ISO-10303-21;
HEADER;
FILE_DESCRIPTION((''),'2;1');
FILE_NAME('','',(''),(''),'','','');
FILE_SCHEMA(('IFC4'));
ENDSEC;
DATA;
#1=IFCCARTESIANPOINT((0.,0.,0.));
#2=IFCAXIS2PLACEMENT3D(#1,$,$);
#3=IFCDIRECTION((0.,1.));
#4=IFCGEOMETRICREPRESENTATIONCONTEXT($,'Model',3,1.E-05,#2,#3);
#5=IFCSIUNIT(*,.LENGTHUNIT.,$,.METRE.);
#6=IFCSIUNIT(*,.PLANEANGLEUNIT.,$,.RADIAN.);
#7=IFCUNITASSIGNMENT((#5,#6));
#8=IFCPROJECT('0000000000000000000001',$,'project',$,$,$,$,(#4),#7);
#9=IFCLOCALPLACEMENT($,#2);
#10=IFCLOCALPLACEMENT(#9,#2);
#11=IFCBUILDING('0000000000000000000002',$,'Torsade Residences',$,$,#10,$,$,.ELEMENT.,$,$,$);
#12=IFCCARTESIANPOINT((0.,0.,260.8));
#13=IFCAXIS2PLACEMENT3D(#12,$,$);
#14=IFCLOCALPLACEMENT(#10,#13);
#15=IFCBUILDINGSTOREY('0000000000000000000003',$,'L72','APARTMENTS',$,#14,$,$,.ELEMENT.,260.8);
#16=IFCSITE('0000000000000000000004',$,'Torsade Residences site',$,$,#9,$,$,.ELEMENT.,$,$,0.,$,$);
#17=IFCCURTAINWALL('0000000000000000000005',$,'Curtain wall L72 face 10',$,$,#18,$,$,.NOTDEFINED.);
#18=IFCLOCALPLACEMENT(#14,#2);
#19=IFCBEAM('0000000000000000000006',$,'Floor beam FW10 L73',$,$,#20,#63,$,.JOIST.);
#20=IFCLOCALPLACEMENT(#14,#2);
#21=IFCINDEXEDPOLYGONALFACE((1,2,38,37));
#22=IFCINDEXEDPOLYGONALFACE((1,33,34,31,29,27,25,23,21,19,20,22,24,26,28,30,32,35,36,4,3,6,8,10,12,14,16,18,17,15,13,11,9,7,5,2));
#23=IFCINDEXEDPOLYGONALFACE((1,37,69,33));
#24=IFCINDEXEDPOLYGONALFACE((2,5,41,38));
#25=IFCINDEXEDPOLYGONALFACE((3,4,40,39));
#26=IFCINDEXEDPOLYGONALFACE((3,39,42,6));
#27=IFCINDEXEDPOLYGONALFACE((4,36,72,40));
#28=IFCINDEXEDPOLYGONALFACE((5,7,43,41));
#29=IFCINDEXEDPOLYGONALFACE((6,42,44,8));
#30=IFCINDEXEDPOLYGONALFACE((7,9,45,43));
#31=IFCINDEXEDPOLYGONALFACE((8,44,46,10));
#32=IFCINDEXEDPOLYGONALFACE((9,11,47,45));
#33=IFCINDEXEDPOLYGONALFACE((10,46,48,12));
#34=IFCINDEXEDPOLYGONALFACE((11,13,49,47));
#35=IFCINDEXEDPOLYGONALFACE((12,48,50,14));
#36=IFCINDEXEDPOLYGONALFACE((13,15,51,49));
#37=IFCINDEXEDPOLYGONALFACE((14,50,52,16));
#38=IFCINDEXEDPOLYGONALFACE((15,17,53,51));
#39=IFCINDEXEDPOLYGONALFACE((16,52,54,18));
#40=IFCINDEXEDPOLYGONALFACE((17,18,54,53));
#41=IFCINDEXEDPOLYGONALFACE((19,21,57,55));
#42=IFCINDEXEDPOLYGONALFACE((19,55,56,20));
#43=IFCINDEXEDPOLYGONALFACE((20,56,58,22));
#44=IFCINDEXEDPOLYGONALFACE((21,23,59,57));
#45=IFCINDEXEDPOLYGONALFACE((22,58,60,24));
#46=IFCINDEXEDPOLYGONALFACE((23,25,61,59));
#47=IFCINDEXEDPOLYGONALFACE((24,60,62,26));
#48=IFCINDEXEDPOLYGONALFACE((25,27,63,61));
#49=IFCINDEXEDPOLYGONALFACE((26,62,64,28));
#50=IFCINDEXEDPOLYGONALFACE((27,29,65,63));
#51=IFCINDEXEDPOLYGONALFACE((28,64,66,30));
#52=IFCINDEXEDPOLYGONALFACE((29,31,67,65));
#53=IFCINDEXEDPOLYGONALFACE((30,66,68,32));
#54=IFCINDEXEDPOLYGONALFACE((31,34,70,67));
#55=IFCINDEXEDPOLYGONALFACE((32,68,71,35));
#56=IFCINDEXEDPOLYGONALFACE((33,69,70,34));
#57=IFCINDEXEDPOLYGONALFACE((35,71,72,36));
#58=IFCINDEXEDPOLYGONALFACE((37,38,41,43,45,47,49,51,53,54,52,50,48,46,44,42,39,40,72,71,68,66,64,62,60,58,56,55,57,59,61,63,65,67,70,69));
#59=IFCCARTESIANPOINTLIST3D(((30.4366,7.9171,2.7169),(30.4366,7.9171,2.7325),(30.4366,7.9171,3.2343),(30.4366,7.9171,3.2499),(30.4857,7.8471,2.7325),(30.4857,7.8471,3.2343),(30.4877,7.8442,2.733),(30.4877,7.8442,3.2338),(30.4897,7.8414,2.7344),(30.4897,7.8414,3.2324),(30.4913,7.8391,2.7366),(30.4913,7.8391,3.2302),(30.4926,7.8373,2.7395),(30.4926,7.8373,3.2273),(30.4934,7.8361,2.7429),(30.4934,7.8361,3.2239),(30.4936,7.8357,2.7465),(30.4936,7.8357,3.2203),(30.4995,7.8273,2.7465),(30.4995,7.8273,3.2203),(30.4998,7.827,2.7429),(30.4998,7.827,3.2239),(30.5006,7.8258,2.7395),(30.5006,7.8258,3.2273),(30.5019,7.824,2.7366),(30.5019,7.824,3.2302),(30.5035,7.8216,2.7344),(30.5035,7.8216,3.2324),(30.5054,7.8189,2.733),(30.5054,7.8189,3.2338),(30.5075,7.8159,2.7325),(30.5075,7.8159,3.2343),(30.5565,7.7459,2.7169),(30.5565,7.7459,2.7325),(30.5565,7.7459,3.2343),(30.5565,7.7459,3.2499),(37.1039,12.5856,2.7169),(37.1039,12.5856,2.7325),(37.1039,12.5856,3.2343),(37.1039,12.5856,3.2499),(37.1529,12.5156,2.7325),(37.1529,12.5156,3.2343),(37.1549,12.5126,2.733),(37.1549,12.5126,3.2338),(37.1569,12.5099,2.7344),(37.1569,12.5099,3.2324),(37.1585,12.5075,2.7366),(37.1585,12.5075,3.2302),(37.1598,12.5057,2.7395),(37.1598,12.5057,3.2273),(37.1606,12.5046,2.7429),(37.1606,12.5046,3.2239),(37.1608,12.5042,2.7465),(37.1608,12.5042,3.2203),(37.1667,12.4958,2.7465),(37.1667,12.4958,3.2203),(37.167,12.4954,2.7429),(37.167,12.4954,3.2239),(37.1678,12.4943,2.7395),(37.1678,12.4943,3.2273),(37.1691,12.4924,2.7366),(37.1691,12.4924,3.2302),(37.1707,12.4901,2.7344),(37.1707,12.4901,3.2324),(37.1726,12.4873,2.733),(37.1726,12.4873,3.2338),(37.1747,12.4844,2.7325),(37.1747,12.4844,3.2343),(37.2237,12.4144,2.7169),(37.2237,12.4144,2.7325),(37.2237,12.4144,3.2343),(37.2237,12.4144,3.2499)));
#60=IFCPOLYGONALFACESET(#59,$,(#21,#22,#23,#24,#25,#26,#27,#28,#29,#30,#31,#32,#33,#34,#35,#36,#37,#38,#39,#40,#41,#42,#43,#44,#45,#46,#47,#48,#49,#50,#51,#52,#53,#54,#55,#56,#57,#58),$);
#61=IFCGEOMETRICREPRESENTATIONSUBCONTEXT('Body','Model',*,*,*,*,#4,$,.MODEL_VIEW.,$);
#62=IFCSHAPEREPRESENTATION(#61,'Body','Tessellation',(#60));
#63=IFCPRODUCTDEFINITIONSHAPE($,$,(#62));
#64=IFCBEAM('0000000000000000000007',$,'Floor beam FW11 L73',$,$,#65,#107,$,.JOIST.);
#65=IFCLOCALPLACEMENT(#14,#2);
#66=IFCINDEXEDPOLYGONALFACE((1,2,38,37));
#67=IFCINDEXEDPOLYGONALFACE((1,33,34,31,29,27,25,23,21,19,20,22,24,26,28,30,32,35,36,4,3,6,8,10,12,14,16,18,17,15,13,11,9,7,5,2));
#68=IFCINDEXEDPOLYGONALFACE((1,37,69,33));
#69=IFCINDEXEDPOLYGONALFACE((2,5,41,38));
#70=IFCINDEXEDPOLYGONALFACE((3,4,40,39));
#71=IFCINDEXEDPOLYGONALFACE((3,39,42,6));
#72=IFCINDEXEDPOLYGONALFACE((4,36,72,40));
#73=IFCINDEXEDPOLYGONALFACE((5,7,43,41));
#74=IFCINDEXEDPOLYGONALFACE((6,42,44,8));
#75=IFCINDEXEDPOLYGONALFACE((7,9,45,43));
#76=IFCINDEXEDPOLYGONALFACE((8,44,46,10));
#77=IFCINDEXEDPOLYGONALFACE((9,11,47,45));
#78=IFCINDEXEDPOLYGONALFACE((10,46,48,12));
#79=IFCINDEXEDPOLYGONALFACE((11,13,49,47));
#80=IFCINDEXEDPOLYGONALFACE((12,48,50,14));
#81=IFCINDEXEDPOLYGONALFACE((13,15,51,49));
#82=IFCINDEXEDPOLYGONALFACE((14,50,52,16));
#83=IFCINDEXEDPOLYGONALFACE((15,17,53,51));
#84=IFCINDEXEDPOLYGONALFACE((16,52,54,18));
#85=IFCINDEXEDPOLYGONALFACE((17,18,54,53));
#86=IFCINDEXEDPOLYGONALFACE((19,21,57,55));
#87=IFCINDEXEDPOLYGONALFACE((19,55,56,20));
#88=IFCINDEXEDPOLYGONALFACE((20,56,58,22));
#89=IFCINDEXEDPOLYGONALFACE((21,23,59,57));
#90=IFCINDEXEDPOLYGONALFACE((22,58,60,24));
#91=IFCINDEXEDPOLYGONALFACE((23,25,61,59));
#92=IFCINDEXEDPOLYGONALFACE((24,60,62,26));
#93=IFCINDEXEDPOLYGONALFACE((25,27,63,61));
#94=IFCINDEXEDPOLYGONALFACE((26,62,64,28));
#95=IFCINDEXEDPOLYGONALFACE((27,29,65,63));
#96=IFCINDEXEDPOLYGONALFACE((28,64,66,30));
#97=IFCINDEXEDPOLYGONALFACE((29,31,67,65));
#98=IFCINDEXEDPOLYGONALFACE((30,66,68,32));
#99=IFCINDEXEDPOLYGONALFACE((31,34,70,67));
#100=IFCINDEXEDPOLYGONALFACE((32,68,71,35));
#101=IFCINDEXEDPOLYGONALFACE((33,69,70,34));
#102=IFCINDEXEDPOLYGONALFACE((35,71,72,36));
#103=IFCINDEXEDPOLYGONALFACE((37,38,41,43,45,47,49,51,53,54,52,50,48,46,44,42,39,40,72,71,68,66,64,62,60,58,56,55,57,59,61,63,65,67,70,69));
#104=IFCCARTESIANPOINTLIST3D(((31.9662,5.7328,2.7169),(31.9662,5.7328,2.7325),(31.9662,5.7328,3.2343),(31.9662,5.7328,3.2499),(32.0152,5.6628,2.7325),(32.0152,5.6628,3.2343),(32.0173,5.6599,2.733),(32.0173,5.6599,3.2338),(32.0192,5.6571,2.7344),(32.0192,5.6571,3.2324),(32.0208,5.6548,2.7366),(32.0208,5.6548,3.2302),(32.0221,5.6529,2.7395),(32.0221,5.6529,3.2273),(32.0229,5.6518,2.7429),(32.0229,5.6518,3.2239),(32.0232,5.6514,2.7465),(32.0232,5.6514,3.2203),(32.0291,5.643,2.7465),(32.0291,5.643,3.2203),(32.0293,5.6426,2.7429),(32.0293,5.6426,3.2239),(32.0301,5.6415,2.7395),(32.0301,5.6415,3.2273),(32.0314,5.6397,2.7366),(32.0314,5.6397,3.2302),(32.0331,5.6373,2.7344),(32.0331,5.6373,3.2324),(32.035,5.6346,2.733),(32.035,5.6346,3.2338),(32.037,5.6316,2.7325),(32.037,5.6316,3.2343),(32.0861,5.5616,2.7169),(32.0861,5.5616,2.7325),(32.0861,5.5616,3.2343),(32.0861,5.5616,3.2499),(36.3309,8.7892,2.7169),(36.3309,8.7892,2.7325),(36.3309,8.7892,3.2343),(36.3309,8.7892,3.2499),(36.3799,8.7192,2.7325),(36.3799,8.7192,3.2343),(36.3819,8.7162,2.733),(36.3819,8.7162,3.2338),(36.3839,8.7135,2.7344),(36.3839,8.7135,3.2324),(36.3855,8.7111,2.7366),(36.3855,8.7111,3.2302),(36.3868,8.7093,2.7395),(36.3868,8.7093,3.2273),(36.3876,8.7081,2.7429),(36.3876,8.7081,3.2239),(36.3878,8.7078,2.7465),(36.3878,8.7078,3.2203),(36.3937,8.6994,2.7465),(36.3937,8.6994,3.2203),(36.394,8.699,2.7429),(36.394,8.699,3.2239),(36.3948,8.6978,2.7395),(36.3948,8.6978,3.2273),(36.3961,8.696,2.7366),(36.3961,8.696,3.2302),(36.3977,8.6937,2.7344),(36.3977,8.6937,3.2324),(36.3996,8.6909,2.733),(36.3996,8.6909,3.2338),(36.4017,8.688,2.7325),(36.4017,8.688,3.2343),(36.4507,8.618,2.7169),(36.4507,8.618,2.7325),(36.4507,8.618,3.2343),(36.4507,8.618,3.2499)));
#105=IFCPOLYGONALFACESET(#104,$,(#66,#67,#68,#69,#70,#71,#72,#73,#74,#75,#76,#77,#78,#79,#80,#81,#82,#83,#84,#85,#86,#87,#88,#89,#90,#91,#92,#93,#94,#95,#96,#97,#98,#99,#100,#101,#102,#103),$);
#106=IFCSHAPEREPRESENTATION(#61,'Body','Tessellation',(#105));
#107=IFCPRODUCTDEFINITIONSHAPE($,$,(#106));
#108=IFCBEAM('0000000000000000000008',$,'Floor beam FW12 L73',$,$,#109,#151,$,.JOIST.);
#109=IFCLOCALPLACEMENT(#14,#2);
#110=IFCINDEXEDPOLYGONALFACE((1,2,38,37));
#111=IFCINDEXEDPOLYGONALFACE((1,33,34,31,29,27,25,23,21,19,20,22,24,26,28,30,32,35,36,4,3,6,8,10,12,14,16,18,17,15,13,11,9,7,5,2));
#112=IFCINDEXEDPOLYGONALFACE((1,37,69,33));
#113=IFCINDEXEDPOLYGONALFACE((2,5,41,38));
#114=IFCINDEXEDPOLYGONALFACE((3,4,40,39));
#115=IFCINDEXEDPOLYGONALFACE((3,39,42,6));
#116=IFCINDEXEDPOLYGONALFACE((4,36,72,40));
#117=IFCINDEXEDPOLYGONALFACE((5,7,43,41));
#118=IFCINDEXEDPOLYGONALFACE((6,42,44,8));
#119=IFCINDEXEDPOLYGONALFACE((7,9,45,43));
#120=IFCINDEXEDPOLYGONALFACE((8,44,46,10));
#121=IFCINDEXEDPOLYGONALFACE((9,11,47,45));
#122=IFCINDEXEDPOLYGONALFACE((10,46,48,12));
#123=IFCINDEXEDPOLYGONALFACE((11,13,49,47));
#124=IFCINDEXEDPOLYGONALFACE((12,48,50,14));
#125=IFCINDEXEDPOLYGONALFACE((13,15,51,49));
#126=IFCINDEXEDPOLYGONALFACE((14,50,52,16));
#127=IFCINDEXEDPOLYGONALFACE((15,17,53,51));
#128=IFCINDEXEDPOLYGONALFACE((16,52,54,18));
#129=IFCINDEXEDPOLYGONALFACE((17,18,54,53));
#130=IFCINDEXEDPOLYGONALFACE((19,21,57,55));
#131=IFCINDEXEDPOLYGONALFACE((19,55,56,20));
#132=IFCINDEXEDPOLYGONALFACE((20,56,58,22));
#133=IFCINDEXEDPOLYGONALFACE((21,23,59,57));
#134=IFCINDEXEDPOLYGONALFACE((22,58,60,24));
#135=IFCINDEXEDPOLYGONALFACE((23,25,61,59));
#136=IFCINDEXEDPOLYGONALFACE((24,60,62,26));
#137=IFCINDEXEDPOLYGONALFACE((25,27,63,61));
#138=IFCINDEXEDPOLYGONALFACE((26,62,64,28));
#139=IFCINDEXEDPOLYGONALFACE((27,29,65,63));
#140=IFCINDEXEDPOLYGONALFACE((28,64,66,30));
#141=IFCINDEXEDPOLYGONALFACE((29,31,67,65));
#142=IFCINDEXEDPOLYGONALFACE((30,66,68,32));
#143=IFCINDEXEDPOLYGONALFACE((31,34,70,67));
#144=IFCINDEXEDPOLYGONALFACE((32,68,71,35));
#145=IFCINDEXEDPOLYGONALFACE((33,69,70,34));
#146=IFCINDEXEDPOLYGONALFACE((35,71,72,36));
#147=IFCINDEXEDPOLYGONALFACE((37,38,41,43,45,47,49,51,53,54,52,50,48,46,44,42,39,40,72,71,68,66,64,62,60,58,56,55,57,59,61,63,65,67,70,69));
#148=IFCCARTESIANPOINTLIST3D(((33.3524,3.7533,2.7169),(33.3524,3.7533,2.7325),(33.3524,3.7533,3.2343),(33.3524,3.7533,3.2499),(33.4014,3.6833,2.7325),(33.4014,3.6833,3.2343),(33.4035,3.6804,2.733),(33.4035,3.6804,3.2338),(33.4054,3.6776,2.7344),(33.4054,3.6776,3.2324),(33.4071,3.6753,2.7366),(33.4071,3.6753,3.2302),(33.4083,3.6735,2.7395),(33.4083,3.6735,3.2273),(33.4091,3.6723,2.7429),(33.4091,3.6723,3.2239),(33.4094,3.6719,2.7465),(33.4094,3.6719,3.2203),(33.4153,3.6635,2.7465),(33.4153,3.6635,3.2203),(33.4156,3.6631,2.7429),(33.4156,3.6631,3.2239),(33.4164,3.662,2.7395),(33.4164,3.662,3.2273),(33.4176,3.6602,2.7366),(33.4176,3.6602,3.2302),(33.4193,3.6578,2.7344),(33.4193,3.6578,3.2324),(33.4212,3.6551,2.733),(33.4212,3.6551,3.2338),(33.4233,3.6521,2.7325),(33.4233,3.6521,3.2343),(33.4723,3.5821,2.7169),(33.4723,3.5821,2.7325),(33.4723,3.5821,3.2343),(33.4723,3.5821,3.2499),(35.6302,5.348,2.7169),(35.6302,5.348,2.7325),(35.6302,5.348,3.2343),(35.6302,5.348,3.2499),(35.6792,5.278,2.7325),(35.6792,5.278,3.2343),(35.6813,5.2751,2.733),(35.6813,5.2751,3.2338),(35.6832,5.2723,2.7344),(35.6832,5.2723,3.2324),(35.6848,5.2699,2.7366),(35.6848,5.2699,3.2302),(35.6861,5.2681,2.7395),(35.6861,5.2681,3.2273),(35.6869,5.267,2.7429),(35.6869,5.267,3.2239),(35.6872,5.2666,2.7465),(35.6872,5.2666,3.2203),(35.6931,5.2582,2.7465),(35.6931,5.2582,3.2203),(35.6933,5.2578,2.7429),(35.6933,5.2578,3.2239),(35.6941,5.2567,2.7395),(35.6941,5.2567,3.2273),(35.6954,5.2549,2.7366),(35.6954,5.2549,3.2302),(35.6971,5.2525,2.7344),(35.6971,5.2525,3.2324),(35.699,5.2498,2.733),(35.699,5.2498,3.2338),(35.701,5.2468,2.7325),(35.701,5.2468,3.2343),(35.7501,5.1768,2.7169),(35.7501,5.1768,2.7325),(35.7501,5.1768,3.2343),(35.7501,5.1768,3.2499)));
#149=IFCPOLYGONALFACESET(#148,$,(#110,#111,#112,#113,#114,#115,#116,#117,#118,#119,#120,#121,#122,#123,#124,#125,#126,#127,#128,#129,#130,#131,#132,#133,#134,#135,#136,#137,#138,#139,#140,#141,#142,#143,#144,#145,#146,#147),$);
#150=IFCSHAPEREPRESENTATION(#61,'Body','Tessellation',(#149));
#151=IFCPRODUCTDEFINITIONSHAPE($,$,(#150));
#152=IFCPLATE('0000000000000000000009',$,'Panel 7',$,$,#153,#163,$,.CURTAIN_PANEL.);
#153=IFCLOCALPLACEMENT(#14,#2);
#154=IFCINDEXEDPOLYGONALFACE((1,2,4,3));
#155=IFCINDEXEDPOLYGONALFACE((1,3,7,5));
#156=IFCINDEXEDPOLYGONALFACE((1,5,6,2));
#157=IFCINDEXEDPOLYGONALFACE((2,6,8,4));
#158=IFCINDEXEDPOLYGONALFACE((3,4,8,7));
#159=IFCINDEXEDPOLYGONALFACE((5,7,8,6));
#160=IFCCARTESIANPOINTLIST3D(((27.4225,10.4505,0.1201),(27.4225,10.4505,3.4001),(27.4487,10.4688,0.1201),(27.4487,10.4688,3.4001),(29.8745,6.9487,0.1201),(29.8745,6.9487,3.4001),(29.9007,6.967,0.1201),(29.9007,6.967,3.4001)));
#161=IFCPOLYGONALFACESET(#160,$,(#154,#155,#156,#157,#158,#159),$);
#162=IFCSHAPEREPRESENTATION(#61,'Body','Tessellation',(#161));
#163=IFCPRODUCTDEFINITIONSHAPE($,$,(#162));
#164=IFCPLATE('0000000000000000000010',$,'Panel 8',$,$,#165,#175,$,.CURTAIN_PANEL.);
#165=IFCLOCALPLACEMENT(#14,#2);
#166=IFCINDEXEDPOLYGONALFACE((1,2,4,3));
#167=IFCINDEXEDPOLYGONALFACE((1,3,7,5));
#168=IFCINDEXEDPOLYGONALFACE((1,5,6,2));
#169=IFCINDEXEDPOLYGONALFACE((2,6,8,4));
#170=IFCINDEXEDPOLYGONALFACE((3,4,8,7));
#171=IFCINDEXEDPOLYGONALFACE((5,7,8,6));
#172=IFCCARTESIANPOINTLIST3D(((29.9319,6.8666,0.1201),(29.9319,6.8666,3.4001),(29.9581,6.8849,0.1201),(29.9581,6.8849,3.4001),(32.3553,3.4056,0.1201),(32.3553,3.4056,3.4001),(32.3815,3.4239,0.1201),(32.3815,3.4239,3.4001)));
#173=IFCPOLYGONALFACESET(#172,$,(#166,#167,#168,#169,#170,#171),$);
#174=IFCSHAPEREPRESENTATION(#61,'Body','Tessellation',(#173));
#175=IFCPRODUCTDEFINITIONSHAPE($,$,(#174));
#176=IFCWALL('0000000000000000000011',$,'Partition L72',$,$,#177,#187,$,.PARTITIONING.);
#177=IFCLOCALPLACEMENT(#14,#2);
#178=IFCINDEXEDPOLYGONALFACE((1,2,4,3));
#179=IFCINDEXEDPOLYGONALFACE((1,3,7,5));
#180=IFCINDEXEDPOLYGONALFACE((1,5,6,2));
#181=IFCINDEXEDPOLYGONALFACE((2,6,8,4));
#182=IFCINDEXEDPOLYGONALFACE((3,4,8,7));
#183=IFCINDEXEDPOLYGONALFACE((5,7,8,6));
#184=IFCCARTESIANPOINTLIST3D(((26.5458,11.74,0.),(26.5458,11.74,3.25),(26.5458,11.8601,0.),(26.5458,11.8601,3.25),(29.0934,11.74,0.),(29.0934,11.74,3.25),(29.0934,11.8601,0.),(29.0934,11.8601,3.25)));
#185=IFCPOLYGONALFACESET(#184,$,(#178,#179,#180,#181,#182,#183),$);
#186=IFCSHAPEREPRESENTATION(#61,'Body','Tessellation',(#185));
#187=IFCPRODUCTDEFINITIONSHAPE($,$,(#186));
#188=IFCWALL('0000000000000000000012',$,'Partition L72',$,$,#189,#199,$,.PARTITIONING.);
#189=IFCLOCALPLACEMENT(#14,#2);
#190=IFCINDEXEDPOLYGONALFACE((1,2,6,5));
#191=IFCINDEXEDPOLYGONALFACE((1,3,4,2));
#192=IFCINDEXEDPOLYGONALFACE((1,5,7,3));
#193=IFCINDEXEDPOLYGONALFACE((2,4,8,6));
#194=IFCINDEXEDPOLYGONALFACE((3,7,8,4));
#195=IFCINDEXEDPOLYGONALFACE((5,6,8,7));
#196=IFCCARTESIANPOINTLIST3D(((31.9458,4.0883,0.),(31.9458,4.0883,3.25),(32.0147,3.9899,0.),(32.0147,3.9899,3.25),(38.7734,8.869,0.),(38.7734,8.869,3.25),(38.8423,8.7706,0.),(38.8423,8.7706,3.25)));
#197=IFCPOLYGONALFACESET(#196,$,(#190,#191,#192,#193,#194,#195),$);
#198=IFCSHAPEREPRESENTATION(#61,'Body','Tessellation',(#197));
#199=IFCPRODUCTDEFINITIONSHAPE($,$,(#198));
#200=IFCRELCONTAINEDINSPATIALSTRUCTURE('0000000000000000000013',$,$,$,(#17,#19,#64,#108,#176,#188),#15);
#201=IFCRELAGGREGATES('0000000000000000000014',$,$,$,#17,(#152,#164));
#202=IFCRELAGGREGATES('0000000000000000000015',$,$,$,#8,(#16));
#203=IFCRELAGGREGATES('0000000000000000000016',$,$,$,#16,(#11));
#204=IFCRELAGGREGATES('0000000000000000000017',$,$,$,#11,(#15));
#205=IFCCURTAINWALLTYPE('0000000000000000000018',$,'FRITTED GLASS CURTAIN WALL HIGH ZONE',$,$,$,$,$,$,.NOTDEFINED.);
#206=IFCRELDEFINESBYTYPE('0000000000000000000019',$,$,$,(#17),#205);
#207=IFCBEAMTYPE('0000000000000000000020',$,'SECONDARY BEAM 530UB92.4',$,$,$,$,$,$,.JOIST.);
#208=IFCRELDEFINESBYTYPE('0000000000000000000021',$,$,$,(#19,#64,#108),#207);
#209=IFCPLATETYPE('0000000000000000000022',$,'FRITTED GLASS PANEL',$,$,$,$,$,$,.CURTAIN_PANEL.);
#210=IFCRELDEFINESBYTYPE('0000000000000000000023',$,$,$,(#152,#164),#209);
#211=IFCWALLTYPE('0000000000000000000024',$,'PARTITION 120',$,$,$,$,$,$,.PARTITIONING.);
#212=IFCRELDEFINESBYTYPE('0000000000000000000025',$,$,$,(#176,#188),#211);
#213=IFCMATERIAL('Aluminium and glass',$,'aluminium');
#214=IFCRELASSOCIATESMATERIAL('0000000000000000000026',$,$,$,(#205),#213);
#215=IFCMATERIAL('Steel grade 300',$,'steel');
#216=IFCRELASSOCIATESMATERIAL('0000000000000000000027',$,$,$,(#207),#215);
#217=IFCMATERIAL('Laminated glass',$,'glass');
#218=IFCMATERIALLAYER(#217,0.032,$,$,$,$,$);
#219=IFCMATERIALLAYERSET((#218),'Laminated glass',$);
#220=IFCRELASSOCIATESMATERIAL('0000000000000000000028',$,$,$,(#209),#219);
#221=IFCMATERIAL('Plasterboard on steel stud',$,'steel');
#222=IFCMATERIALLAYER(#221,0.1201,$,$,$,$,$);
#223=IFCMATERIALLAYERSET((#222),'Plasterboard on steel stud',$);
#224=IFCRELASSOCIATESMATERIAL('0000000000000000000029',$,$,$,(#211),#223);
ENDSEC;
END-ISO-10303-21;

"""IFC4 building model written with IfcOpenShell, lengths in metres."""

from ifc_helpers import new_model, si_unit, direction, frame, frame_2d, origin, origin_2d, place, context, subcontext, project, spatial, rectangle, i_section, extrude, material, layer, layer_set, material_profile, profile_set, type_object, element, aggregate, save


model = new_model("IFC4")

# Units and contexts
model_context = context("Model", 3, precision=1e-05, world=origin(), true_north=direction((0.0, 1.0)))
body_context = subcontext(model_context, "Body", "Model", "MODEL_VIEW")
ifc_project = project(units=[si_unit("LENGTHUNIT", "METRE"), si_unit("PLANEANGLEUNIT", "RADIAN")], contexts=[model_context])

# Site, building, storey
site_placement = place(None, origin())
site = spatial("IfcSite", under=ifc_project, at=site_placement, Name="Torsade Residences site", CompositionType="ELEMENT", RefElevation=0.0)
building_placement = place(site_placement, origin())
building = spatial("IfcBuilding", under=site, at=building_placement, Name="Torsade Residences", CompositionType="ELEMENT")
storey_placement = place(building_placement, frame((0.0, 0.0, 260.8)))
storey = spatial("IfcBuildingStorey", under=building, at=storey_placement, Name="L72", Description="APARTMENTS", CompositionType="ELEMENT", Elevation=260.8)

# Shared definitions
ifc_material_1 = material(Name="Aluminium and glass", Category="aluminium")
curtain_wall_type = type_object("IfcCurtainWallType", Name="FRITTED GLASS CURTAIN WALL HIGH ZONE", PredefinedType="NOTDEFINED", material=ifc_material_1)

# Curtain wall
curtain_wall_1_placement = place(storey_placement, origin())
curtain_wall_1 = element("IfcCurtainWall", 1, at=curtain_wall_1_placement, inside=storey, type_object=curtain_wall_type, Name="Curtain wall L72 face 10", PredefinedType="NOTDEFINED")

# Beams
ifc_material_2 = material(Name="Steel grade 300", Category="steel")
ifc_material_profile_1 = material_profile(ifc_material_2, i_section(OverallWidth=0.209, OverallDepth=0.533, WebThickness=0.0103, FlangeThickness=0.0156, FilletRadius=0.0139, at=origin_2d()), Name="530UB92.4")
ifc_profile_set_1 = profile_set([ifc_material_profile_1], Name="Steel grade 300")
beam_type_1 = type_object("IfcBeamType", Name="SECONDARY BEAM 530UB92.4", PredefinedType="JOIST", material=ifc_profile_set_1)
beam_1_placement = place(storey_placement, frame((30.4966, 7.8315, 2.9834), z_axis=(0.819152, 0.573577, 0.0), x_axis=(-0.573577, 0.819152, 0.0)))
element("IfcBeam", 2, at=beam_1_placement, inside=storey, type_object=beam_type_1, Name="Floor beam FW10 L73", PredefinedType="JOIST", context=body_context, shape_type="SweptSolid", body=[
    extrude(i_section(OverallWidth=0.209, OverallDepth=0.533, WebThickness=0.0103, FlangeThickness=0.0156, FilletRadius=0.0139, at=origin_2d()), origin(), (0.0, 0.0, 1.0), 8.1392),
])
beam_2_placement = place(storey_placement, frame((32.0261, 5.6472, 2.9834), z_axis=(0.819137, 0.573598, 0.0), x_axis=(-0.573598, 0.819137, 0.0)))
element("IfcBeam", 3, at=beam_2_placement, inside=storey, type_object=beam_type_1, Name="Floor beam FW11 L73", PredefinedType="JOIST", context=body_context, shape_type="SweptSolid", body=[
    extrude(i_section(OverallWidth=0.209, OverallDepth=0.533, WebThickness=0.0103, FlangeThickness=0.0156, FilletRadius=0.0139, at=origin_2d()), origin(), (0.0, 0.0, 1.0), 5.3284),
])
beam_3_placement = place(storey_placement, frame((33.4124, 3.6677, 2.9834), z_axis=(0.819191, 0.573521, 0.0), x_axis=(-0.573521, 0.819191, 0.0)))
element("IfcBeam", 4, at=beam_3_placement, inside=storey, type_object=beam_type_1, Name="Floor beam FW12 L73", PredefinedType="JOIST", context=body_context, shape_type="SweptSolid", body=[
    extrude(i_section(OverallWidth=0.209, OverallDepth=0.533, WebThickness=0.0103, FlangeThickness=0.0156, FilletRadius=0.0139, at=origin_2d()), origin(), (0.0, 0.0, 1.0), 2.7805),
])

# Plates
ifc_material_3 = material(Name="Laminated glass", Category="glass")
ifc_layer_1 = layer(ifc_material_3, 0.032)
ifc_layer_set_1 = layer_set([ifc_layer_1], Name="Laminated glass")
plate_type = type_object("IfcPlateType", Name="FRITTED GLASS PANEL", PredefinedType="CURTAIN_PANEL", material=ifc_layer_set_1)
plate_1_placement = place(storey_placement, frame((28.6616, 8.7087, 0.1201), z_axis=(0.0, 0.0, 1.0), x_axis=(0.573576, -0.819152, 0.0)))
plate_1 = element("IfcPlate", 5, at=plate_1_placement, type_object=plate_type, Name="Panel 7", PredefinedType="CURTAIN_PANEL", context=body_context, shape_type="SweptSolid", body=[
    extrude(rectangle(XDim=4.2749, YDim=0.032, at=origin_2d()), origin(), (0.0, 0.0, 1.0), 3.28),
])
plate_2_placement = place(storey_placement, frame((31.1567, 5.1453, 0.1201), z_axis=(0.0, 0.0, 1.0), x_axis=(0.573576, -0.819152, 0.0)))
plate_2 = element("IfcPlate", 6, at=plate_2_placement, type_object=plate_type, Name="Panel 8", PredefinedType="CURTAIN_PANEL", context=body_context, shape_type="SweptSolid", body=[
    extrude(rectangle(XDim=4.2251, YDim=0.032, at=origin_2d()), origin(), (0.0, 0.0, 1.0), 3.28),
])
aggregate(curtain_wall_1, [plate_1, plate_2])

# Walls
ifc_material_4 = material(Name="Plasterboard on steel stud", Category="steel")
ifc_layer_2 = layer(ifc_material_4, 0.1201)
ifc_layer_set_2 = layer_set([ifc_layer_2], Name="Plasterboard on steel stud")
wall_type_1 = type_object("IfcWallType", Name="PARTITION 120", PredefinedType="PARTITIONING", material=ifc_layer_set_2)
wall_1_placement = place(storey_placement, frame((29.0935, 11.8, 0.0), z_axis=(0.0, 0.0, 1.0), x_axis=(-1.0, 0.0, 0.0)))
element("IfcWall", 7, at=wall_1_placement, inside=storey, type_object=wall_type_1, Name="Partition L72", PredefinedType="PARTITIONING", context=body_context, shape_type="SweptSolid", body=[
    extrude(rectangle(XDim=2.5476, YDim=0.1201, at=frame_2d((1.2739, 0.0))), origin(), (0.0, 0.0, 1.0), 3.25),
])
wall_2_placement = place(storey_placement, frame((38.8079, 8.8198, 0.0), z_axis=(0.0, 0.0, 1.0), x_axis=(-0.819152, -0.573576, 0.0)))
element("IfcWall", 8, at=wall_2_placement, inside=storey, type_object=wall_type_1, Name="Partition L72", PredefinedType="PARTITIONING", context=body_context, shape_type="SweptSolid", body=[
    extrude(rectangle(XDim=8.335, YDim=0.1201, at=frame_2d((4.1675, 0.0))), origin(), (0.0, 0.0, 1.0), 3.25),
])

save(model, "model.ifc")
